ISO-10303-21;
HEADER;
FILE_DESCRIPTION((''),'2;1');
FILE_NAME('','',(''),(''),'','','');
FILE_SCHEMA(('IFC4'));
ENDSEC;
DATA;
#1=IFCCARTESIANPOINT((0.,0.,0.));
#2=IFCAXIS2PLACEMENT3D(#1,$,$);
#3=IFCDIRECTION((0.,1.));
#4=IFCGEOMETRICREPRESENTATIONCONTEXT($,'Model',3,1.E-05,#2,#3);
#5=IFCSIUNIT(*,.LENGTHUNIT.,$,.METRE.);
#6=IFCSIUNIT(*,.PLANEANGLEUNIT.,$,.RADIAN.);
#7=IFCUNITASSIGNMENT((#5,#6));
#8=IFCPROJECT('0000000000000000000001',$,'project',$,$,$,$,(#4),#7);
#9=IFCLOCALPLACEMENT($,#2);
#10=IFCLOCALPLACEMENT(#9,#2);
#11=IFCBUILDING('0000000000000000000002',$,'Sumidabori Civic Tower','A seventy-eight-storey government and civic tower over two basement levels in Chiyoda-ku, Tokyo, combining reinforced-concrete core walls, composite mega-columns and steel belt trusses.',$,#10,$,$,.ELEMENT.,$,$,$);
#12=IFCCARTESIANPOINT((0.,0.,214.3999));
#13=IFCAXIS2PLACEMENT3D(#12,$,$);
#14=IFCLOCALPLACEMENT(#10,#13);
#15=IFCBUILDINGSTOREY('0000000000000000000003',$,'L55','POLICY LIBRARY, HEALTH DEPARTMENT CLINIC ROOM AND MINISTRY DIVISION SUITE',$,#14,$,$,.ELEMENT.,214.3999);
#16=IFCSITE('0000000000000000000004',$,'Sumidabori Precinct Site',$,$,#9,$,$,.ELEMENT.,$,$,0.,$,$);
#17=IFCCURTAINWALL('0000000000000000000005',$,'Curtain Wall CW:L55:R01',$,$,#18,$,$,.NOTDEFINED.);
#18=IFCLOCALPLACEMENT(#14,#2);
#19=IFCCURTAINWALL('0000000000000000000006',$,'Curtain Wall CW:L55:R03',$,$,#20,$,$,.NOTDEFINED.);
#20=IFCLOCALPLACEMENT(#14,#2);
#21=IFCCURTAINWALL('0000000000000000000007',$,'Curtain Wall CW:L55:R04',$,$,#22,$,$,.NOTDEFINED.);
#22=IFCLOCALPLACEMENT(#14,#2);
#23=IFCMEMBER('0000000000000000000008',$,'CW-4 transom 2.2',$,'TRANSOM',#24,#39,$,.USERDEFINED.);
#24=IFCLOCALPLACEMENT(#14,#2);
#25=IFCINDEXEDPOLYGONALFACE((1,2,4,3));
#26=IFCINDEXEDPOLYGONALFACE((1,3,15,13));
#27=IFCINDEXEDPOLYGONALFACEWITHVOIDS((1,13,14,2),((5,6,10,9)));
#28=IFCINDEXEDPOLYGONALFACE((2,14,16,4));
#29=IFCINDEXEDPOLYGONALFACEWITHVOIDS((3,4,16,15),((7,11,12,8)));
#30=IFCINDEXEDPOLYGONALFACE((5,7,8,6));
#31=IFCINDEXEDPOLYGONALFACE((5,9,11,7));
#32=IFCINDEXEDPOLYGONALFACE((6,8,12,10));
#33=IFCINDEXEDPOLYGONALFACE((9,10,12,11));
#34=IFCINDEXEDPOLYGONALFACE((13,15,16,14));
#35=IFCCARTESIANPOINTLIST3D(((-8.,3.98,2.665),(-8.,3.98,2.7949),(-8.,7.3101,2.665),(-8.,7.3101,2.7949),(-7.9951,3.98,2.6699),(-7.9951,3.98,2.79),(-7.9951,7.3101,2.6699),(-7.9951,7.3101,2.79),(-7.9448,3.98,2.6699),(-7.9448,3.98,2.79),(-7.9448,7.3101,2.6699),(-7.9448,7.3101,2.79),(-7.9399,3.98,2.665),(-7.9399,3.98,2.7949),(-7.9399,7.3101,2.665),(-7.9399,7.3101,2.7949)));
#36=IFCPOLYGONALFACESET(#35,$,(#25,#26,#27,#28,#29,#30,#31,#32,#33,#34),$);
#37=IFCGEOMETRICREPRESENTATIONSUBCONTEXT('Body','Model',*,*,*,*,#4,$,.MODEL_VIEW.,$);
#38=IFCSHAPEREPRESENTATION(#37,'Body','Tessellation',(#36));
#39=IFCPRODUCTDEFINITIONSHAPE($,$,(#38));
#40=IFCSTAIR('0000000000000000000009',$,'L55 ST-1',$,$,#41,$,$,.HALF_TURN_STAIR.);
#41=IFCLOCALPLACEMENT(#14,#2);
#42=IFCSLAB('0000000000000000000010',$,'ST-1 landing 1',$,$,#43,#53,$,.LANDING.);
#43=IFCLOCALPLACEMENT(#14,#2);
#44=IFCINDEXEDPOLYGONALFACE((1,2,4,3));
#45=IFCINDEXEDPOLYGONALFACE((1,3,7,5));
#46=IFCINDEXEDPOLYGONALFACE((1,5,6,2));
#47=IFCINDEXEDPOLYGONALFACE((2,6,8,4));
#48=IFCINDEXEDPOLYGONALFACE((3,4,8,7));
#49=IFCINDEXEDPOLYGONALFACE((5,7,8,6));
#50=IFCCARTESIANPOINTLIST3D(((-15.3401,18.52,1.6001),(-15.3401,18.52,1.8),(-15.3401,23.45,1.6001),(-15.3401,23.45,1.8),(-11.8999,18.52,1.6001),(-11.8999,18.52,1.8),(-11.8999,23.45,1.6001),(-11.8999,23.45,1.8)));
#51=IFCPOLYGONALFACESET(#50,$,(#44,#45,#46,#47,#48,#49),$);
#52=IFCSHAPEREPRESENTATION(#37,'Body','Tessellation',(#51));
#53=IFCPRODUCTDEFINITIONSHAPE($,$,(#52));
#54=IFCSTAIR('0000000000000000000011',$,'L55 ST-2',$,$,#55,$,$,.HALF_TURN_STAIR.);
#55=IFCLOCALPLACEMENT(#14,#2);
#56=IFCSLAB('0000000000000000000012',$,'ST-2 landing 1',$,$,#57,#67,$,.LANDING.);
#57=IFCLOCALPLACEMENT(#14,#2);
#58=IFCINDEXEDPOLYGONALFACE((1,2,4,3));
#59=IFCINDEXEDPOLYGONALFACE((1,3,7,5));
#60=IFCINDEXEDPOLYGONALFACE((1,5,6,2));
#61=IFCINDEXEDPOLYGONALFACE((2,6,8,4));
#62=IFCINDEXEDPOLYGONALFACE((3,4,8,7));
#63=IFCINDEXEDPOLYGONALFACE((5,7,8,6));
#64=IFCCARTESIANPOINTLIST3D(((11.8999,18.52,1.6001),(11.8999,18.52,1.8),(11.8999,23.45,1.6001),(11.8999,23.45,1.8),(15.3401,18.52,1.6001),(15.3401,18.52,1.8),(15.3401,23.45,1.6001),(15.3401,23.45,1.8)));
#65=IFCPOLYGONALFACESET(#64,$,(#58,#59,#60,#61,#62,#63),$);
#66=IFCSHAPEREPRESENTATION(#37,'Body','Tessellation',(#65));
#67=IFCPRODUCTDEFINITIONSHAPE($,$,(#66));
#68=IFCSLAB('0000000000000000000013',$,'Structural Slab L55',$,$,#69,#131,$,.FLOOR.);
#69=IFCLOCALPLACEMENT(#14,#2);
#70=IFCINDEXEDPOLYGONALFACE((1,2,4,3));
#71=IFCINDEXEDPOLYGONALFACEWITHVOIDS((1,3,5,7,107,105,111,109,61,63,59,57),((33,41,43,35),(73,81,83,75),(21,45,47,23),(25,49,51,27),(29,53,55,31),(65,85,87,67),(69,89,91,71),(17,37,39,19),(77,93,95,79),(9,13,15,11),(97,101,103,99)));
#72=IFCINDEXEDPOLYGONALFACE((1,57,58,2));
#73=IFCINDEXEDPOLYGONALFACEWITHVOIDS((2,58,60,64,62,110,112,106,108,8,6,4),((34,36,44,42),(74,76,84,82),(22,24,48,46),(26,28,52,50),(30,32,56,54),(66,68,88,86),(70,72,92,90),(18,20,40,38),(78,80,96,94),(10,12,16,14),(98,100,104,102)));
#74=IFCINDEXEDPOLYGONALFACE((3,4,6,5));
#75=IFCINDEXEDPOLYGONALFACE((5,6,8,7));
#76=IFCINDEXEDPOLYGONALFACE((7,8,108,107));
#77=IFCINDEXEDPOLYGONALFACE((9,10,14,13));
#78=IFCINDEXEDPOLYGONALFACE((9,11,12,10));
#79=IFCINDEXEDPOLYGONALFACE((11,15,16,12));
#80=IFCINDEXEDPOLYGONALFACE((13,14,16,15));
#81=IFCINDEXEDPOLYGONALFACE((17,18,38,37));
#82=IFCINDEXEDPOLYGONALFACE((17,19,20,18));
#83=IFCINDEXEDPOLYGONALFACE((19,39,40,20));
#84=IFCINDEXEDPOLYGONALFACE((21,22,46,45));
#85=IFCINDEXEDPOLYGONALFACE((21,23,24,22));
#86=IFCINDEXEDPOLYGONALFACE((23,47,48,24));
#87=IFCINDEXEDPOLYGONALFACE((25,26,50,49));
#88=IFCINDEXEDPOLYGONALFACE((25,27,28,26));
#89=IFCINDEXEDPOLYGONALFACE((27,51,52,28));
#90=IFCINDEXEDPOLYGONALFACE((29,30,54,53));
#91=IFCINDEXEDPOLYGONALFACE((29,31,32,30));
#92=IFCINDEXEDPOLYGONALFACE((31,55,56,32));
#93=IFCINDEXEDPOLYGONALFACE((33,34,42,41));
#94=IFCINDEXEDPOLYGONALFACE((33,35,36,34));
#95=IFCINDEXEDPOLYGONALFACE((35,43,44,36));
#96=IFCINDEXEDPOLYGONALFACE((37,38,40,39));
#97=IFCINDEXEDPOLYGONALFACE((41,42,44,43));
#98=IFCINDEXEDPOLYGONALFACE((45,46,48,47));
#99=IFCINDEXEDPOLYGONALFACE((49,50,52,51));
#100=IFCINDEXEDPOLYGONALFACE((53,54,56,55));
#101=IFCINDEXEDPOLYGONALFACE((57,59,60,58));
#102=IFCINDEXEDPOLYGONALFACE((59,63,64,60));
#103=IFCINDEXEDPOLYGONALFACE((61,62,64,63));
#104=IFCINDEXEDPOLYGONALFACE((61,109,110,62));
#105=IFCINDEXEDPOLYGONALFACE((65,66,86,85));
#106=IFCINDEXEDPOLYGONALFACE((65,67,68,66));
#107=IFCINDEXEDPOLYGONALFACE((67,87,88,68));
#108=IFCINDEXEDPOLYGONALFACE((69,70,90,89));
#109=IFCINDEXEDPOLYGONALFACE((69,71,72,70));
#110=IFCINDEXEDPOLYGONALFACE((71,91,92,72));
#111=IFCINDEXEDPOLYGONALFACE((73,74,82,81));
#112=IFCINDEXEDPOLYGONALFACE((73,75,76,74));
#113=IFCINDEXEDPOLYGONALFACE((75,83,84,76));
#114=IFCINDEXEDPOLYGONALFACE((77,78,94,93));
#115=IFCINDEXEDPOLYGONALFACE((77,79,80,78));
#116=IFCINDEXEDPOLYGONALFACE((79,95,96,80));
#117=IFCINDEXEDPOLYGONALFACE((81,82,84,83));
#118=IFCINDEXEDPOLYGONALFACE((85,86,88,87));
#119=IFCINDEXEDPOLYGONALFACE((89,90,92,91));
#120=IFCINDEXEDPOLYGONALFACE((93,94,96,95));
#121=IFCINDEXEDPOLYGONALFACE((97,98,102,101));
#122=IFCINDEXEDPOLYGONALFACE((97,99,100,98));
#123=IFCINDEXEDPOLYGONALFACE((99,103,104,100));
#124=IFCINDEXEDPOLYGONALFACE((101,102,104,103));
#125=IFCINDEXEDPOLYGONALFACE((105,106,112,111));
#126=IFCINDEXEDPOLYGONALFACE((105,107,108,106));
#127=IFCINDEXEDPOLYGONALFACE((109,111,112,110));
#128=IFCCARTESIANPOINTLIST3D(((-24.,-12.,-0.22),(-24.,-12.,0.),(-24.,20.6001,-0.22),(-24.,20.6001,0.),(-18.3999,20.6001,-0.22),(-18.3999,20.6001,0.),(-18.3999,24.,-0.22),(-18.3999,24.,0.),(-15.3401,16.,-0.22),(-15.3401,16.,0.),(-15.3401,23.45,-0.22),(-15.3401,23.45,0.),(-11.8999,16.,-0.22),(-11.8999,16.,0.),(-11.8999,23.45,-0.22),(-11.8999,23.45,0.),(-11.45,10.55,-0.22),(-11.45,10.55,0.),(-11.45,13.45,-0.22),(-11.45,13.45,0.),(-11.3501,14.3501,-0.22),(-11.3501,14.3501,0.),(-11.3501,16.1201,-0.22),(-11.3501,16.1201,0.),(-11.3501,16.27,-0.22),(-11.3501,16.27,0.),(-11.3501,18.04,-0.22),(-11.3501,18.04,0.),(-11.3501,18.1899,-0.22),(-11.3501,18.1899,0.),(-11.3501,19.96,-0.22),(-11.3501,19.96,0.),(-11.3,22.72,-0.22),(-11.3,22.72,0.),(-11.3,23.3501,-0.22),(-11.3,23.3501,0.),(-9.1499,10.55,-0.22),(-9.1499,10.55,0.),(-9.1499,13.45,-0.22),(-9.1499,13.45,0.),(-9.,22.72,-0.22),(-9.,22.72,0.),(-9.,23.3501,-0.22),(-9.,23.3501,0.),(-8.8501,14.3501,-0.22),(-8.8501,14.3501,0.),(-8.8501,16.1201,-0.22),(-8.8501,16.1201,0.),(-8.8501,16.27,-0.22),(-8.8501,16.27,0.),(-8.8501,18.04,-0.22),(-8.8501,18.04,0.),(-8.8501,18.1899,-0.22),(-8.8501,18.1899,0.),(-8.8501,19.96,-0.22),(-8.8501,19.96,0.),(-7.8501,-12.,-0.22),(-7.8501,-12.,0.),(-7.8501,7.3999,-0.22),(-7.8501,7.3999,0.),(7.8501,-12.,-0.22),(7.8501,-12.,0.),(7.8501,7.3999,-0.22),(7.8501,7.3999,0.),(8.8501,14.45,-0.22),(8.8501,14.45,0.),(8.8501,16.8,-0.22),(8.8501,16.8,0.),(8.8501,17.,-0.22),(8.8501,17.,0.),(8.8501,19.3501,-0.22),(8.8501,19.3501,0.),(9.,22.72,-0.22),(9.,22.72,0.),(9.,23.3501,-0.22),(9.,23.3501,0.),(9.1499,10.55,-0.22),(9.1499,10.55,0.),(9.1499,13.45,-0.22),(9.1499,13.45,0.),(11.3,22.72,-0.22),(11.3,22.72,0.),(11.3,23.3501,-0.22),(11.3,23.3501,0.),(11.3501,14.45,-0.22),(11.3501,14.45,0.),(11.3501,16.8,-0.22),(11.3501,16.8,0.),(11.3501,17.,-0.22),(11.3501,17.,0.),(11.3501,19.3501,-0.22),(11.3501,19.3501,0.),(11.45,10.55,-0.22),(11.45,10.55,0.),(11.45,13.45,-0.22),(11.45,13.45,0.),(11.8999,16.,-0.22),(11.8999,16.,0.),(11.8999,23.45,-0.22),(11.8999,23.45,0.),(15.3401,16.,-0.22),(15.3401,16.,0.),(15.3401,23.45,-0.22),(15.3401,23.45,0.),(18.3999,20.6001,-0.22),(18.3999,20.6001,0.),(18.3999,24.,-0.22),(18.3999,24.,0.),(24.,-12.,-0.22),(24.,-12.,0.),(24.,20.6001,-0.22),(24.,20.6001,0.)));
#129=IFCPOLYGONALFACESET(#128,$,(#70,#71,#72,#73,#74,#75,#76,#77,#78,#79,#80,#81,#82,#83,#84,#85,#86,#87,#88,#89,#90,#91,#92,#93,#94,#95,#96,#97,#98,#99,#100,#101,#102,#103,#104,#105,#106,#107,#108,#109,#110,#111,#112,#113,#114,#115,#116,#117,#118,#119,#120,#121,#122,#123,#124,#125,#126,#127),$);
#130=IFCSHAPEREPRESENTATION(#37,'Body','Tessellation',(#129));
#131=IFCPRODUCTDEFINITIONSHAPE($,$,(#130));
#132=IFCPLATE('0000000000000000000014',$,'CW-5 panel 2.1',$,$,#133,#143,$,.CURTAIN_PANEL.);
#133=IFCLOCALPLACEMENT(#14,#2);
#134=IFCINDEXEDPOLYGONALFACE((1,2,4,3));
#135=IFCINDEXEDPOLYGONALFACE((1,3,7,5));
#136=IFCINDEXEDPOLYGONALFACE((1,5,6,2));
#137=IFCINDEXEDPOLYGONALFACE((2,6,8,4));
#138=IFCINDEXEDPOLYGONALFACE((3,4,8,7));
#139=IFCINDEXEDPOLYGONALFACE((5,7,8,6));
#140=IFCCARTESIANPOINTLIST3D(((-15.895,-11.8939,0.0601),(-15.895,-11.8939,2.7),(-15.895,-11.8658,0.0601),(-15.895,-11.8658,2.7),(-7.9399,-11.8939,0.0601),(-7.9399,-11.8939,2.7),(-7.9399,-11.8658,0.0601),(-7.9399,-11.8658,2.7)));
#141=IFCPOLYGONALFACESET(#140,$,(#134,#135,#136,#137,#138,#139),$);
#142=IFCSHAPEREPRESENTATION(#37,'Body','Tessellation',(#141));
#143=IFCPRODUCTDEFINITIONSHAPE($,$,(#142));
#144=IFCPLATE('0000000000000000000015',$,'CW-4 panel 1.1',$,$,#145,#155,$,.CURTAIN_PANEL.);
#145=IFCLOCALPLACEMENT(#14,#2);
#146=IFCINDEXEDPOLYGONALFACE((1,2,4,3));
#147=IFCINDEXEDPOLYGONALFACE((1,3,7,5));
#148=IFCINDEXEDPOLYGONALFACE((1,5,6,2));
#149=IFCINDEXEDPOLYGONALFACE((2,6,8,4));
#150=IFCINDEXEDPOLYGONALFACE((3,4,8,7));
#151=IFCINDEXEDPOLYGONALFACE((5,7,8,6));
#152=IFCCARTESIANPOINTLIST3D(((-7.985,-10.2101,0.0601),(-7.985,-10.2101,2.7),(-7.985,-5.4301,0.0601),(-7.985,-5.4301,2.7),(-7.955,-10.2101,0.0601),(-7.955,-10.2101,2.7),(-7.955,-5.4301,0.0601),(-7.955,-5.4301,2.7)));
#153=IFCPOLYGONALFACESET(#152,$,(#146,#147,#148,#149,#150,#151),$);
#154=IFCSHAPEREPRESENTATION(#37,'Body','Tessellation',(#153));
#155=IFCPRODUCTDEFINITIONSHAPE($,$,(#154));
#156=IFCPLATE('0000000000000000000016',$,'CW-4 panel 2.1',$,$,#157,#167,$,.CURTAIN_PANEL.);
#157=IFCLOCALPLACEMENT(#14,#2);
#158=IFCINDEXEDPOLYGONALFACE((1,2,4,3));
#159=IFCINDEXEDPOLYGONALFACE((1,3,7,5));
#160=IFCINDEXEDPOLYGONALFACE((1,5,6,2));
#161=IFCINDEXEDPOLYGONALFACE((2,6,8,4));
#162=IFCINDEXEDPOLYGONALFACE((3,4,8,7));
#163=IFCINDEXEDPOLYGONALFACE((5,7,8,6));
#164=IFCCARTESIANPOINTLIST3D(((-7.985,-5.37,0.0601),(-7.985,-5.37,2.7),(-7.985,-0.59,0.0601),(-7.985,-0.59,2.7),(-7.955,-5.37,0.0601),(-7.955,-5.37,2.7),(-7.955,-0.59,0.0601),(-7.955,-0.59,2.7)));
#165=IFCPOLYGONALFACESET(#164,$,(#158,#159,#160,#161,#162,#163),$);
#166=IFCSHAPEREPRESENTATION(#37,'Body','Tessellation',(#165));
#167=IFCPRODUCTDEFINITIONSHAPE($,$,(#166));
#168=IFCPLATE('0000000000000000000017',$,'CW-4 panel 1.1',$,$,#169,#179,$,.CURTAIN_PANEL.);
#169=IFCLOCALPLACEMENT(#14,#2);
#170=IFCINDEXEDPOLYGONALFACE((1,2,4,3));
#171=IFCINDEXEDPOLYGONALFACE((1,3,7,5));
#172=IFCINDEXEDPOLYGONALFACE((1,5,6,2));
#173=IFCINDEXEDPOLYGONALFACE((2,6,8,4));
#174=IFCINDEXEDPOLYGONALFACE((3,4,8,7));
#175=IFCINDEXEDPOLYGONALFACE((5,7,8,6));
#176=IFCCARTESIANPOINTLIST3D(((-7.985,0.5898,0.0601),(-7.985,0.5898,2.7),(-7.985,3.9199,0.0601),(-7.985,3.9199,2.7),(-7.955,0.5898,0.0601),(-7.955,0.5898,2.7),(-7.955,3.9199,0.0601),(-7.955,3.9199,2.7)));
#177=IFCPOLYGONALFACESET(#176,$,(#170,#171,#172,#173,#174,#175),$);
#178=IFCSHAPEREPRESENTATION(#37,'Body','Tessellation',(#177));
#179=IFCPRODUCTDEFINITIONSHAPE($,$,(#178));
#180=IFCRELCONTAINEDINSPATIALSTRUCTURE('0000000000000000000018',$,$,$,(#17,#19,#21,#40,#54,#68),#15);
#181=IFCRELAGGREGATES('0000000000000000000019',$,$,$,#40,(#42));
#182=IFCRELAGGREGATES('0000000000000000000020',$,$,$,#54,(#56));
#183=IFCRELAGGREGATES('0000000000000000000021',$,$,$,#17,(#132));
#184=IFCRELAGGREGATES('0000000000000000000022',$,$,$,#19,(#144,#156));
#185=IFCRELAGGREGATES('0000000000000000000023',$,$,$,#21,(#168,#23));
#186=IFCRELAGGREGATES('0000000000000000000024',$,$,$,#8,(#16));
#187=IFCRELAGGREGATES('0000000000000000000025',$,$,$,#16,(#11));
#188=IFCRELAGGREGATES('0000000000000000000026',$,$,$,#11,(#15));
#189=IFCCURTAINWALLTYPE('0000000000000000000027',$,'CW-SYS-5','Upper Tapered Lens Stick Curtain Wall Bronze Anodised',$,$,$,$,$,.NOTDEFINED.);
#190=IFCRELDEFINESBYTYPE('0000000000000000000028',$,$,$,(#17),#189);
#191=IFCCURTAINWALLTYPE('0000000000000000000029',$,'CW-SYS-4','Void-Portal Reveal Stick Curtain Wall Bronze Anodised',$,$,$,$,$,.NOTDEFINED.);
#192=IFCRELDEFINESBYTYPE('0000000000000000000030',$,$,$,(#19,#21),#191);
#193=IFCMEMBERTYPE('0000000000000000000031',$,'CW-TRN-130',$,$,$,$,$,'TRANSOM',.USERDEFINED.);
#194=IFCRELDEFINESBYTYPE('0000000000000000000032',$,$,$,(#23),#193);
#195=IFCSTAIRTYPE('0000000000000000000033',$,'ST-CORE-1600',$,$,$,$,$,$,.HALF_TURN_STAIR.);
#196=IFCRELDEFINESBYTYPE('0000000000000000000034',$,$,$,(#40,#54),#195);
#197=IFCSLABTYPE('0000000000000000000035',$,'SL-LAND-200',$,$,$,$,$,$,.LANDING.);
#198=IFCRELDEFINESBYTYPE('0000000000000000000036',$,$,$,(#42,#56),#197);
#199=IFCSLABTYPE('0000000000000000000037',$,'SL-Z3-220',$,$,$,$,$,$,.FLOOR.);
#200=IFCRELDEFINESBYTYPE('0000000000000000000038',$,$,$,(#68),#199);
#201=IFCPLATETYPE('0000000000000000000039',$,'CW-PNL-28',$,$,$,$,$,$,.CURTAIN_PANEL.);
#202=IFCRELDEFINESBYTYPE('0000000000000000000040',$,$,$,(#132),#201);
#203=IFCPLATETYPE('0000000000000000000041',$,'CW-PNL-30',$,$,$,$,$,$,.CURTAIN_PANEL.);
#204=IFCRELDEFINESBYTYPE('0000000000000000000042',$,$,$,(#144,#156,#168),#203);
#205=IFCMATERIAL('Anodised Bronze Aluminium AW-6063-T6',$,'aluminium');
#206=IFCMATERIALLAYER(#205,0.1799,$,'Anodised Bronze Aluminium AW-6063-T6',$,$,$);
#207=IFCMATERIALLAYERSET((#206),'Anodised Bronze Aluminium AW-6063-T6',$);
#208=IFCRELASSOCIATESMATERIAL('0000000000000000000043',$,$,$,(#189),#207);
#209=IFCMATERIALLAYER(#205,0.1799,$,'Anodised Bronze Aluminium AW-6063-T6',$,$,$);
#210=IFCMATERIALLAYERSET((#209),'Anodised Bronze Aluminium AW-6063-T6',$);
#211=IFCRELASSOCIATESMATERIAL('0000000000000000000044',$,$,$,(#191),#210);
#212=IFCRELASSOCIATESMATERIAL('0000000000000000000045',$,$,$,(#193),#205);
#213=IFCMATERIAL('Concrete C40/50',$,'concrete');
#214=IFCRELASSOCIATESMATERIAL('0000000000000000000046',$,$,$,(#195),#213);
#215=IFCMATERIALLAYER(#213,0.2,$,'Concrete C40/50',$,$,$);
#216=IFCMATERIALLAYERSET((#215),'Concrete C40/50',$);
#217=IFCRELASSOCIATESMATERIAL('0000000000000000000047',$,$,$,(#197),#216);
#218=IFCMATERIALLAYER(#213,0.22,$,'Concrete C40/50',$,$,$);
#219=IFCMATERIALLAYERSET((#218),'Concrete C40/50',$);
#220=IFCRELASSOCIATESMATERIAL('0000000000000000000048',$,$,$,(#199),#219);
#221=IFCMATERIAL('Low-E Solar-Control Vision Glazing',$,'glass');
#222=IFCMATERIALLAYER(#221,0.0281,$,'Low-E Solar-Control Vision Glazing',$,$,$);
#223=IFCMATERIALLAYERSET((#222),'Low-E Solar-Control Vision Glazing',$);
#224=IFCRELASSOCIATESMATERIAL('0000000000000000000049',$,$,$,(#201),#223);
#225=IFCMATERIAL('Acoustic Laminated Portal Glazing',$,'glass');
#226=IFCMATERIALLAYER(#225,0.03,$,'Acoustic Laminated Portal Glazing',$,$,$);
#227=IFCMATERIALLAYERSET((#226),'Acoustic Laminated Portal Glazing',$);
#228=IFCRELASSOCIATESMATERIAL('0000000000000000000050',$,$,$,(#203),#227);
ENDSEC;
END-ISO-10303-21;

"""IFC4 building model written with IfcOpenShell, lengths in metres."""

from ifc_helpers import new_model, si_unit, direction, frame, origin, origin_2d, place, context, subcontext, project, spatial, polyline, rectangle, hollow_rectangle, outline, extrude, source, transform, mapped, material, layer, layer_set, material_profile, profile_set, type_object, element, aggregate, save


model = new_model("IFC4")

# Units and contexts
model_context = context("Model", 3, precision=1e-05, world=origin(), true_north=direction((0.0, 1.0)))
body_context = subcontext(model_context, "Body", "Model", "MODEL_VIEW")
ifc_project = project(units=[si_unit("LENGTHUNIT", "METRE"), si_unit("PLANEANGLEUNIT", "RADIAN")], contexts=[model_context])

# Site, building, storey
site_placement = place(None, origin())
site = spatial("IfcSite", under=ifc_project, at=site_placement, Name="Sumidabori Precinct Site", CompositionType="ELEMENT", RefElevation=0.0)
building_placement = place(site_placement, origin())
building = spatial("IfcBuilding", under=site, at=building_placement, Name="Sumidabori Civic Tower", Description="A seventy-eight-storey government and civic tower over two basement levels in Chiyoda-ku, Tokyo, combining reinforced-concrete core walls, composite mega-columns and steel belt trusses.", CompositionType="ELEMENT")
storey_placement = place(building_placement, frame((0.0, 0.0, 214.3999)))
storey = spatial("IfcBuildingStorey", under=building, at=storey_placement, Name="L55", Description="POLICY LIBRARY, HEALTH DEPARTMENT CLINIC ROOM AND MINISTRY DIVISION SUITE", CompositionType="ELEMENT", Elevation=214.3999)

# Curtain walls
ifc_material_1 = material(Name="Anodised Bronze Aluminium AW-6063-T6", Category="aluminium")
ifc_layer_1 = layer(ifc_material_1, 0.1799, Name="Anodised Bronze Aluminium AW-6063-T6")
ifc_layer_set_1 = layer_set([ifc_layer_1], Name="Anodised Bronze Aluminium AW-6063-T6")
curtain_wall_type_1 = type_object("IfcCurtainWallType", Name="CW-SYS-5", Description="Upper Tapered Lens Stick Curtain Wall Bronze Anodised", PredefinedType="NOTDEFINED", material=ifc_layer_set_1)
curtain_wall_1_placement = place(storey_placement, origin())
curtain_wall_1 = element("IfcCurtainWall", 1, at=curtain_wall_1_placement, inside=storey, type_object=curtain_wall_type_1, Name="Curtain Wall CW:L55:R01", PredefinedType="NOTDEFINED")
ifc_layer_2 = layer(ifc_material_1, 0.1799, Name="Anodised Bronze Aluminium AW-6063-T6")
ifc_layer_set_2 = layer_set([ifc_layer_2], Name="Anodised Bronze Aluminium AW-6063-T6")
curtain_wall_type_2 = type_object("IfcCurtainWallType", Name="CW-SYS-4", Description="Void-Portal Reveal Stick Curtain Wall Bronze Anodised", PredefinedType="NOTDEFINED", material=ifc_layer_set_2)
curtain_wall_2_placement = place(storey_placement, origin())
curtain_wall_2 = element("IfcCurtainWall", 2, at=curtain_wall_2_placement, inside=storey, type_object=curtain_wall_type_2, Name="Curtain Wall CW:L55:R03", PredefinedType="NOTDEFINED")
curtain_wall_3_placement = place(storey_placement, origin())
curtain_wall_3 = element("IfcCurtainWall", 3, at=curtain_wall_3_placement, inside=storey, type_object=curtain_wall_type_2, Name="Curtain Wall CW:L55:R04", PredefinedType="NOTDEFINED")

# Member
ifc_material_profile_1 = material_profile(ifc_material_1, hollow_rectangle(XDim=0.0601, YDim=0.1299, WallThickness=0.0049, at=origin_2d()), Name="ALU TRANSOM 130x60")
ifc_profile_set_1 = profile_set([ifc_material_profile_1], Name="Anodised Bronze Aluminium AW-6063-T6")
member_type_1 = type_object("IfcMemberType", Name="CW-TRN-130", ElementType="TRANSOM", PredefinedType="USERDEFINED", material=ifc_profile_set_1)
shared_shape_1 = source(origin(), body_context, "Body", "SweptSolid", [
    extrude(hollow_rectangle(XDim=0.0601, YDim=0.1299, WallThickness=0.0049, at=origin_2d()), origin(), (0.0, 0.0, 1.0), 3.3301),
])
member_1_placement = place(storey_placement, frame((-7.97, 3.98, 2.73), z_axis=(0.0, 1.0, 0.0), x_axis=(-1.0, 0.0, 0.0)))
member_1 = element("IfcMember", 4, at=member_1_placement, type_object=member_type_1, Name="CW-4 transom 2.2", ObjectType="TRANSOM", PredefinedType="USERDEFINED", context=body_context, shape_type="MappedRepresentation", body=[
    mapped(shared_shape_1, transform((0.0, 0.0, 0.0), x_axis=(1.0, 0.0, 0.0), y_axis=(0.0, 1.0, 0.0), z_axis=(0.0, 0.0, 1.0), scale=1.0)),
])

# Stairs, slabs
ifc_material_2 = material(Name="Concrete C40/50", Category="concrete")
stair_type = type_object("IfcStairType", Name="ST-CORE-1600", PredefinedType="HALF_TURN_STAIR", material=ifc_material_2)
stair_1_placement = place(storey_placement, origin())
stair_1 = element("IfcStair", 5, at=stair_1_placement, inside=storey, type_object=stair_type, Name="L55 ST-1", PredefinedType="HALF_TURN_STAIR")
ifc_layer_3 = layer(ifc_material_2, 0.2, Name="Concrete C40/50")
ifc_layer_set_3 = layer_set([ifc_layer_3], Name="Concrete C40/50")
slab_type_1 = type_object("IfcSlabType", Name="SL-LAND-200", PredefinedType="LANDING", material=ifc_layer_set_3)
slab_1_placement = place(storey_placement, frame((0.0, 0.0, 1.6001)))
slab_1 = element("IfcSlab", 6, at=slab_1_placement, type_object=slab_type_1, Name="ST-1 landing 1", PredefinedType="LANDING", context=body_context, shape_type="SweptSolid", body=[
    extrude(outline(polyline([(-11.8999, 18.52), (-11.8999, 23.45), (-15.3401, 23.45), (-15.3401, 18.52), (-11.8999, 18.52)])), origin(), (0.0, 0.0, 1.0), 0.2),
])
aggregate(stair_1, [slab_1])
stair_2_placement = place(storey_placement, origin())
stair_2 = element("IfcStair", 7, at=stair_2_placement, inside=storey, type_object=stair_type, Name="L55 ST-2", PredefinedType="HALF_TURN_STAIR")
slab_2_placement = place(storey_placement, frame((0.0, 0.0, 1.6001)))
slab_2 = element("IfcSlab", 8, at=slab_2_placement, type_object=slab_type_1, Name="ST-2 landing 1", PredefinedType="LANDING", context=body_context, shape_type="SweptSolid", body=[
    extrude(outline(polyline([(15.3401, 18.52), (15.3401, 23.45), (11.8999, 23.45), (11.8999, 18.52), (15.3401, 18.52)])), origin(), (0.0, 0.0, 1.0), 0.2),
])
aggregate(stair_2, [slab_2])

# Slab
ifc_layer_4 = layer(ifc_material_2, 0.22, Name="Concrete C40/50")
ifc_layer_set_4 = layer_set([ifc_layer_4], Name="Concrete C40/50")
slab_type_2 = type_object("IfcSlabType", Name="SL-Z3-220", PredefinedType="FLOOR", material=ifc_layer_set_4)
slab_3_placement = place(storey_placement, frame((0.0, 0.0, -0.22)))
element("IfcSlab", 9, at=slab_3_placement, inside=storey, type_object=slab_type_2, Name="Structural Slab L55", PredefinedType="FLOOR", context=body_context, shape_type="SweptSolid", body=[
    extrude(outline(polyline([(-24.0, -12.0), (-7.8501, -12.0), (-7.8501, 7.3999), (7.8501, 7.3999), (7.8501, -12.0), (24.0, -12.0), (24.0, 20.6001), (18.3999, 20.6001), (18.3999, 24.0), (-18.3999, 24.0), (-18.3999, 20.6001), (-24.0, 20.6001), (-24.0, -12.0)]), holes=[polyline([(-11.8999, 16.0), (-11.8999, 23.45), (-15.3401, 23.45), (-15.3401, 16.0), (-11.8999, 16.0)]), polyline([(15.3401, 16.0), (15.3401, 23.45), (11.8999, 23.45), (11.8999, 16.0), (15.3401, 16.0)]), polyline([(-11.45, 10.55), (-9.1499, 10.55), (-9.1499, 13.45), (-11.45, 13.45), (-11.45, 10.55)]), polyline([(9.1499, 10.55), (11.45, 10.55), (11.45, 13.45), (9.1499, 13.45), (9.1499, 10.55)]), polyline([(-11.3501, 14.3501), (-8.8501, 14.3501), (-8.8501, 16.1201), (-11.3501, 16.1201), (-11.3501, 14.3501)]), polyline([(-11.3501, 16.27), (-8.8501, 16.27), (-8.8501, 18.04), (-11.3501, 18.04), (-11.3501, 16.27)]), polyline([(-11.3501, 18.1899), (-8.8501, 18.1899), (-8.8501, 19.96), (-11.3501, 19.96), (-11.3501, 18.1899)]), polyline([(8.8501, 14.45), (11.3501, 14.45), (11.3501, 16.8), (8.8501, 16.8), (8.8501, 14.45)]), polyline([(8.8501, 17.0), (11.3501, 17.0), (11.3501, 19.3501), (8.8501, 19.3501), (8.8501, 17.0)]), polyline([(-11.3, 22.72), (-9.0, 22.72), (-9.0, 23.3501), (-11.3, 23.3501), (-11.3, 22.72)]), polyline([(9.0, 22.72), (11.3, 22.72), (11.3, 23.3501), (9.0, 23.3501), (9.0, 22.72)])]), origin(), (0.0, 0.0, 1.0), 0.22),
])

# Plates
ifc_material_3 = material(Name="Low-E Solar-Control Vision Glazing", Category="glass")
ifc_layer_5 = layer(ifc_material_3, 0.0281, Name="Low-E Solar-Control Vision Glazing")
ifc_layer_set_5 = layer_set([ifc_layer_5], Name="Low-E Solar-Control Vision Glazing")
plate_type_1 = type_object("IfcPlateType", Name="CW-PNL-28", PredefinedType="CURTAIN_PANEL", material=ifc_layer_set_5)
shared_shape_2 = source(origin(), body_context, "Body", "SweptSolid", [
    extrude(rectangle(XDim=7.9551, YDim=0.0281, at=origin_2d()), origin(), (0.0, 0.0, 1.0), 2.6399),
])
plate_1_placement = place(storey_placement, frame((-11.9175, -11.8799, 0.0601), z_axis=(0.0, 0.0, 1.0), x_axis=(1.0, 0.0, 0.0)))
plate_1 = element("IfcPlate", 10, at=plate_1_placement, type_object=plate_type_1, Name="CW-5 panel 2.1", PredefinedType="CURTAIN_PANEL", context=body_context, shape_type="MappedRepresentation", body=[
    mapped(shared_shape_2, transform((0.0, 0.0, 0.0), x_axis=(1.0, 0.0, 0.0), y_axis=(0.0, 1.0, 0.0), z_axis=(0.0, 0.0, 1.0), scale=1.0)),
])
aggregate(curtain_wall_1, [plate_1])
ifc_material_4 = material(Name="Acoustic Laminated Portal Glazing", Category="glass")
ifc_layer_6 = layer(ifc_material_4, 0.03, Name="Acoustic Laminated Portal Glazing")
ifc_layer_set_6 = layer_set([ifc_layer_6], Name="Acoustic Laminated Portal Glazing")
plate_type_2 = type_object("IfcPlateType", Name="CW-PNL-30", PredefinedType="CURTAIN_PANEL", material=ifc_layer_set_6)
shared_shape_3 = source(origin(), body_context, "Body", "SweptSolid", [
    extrude(rectangle(XDim=4.78, YDim=0.03, at=origin_2d()), origin(), (0.0, 0.0, 1.0), 2.6399),
])
plate_2_placement = place(storey_placement, frame((-7.97, -7.8201, 0.0601), z_axis=(0.0, 0.0, 1.0), x_axis=(0.0, 1.0, 0.0)))
plate_2 = element("IfcPlate", 11, at=plate_2_placement, type_object=plate_type_2, Name="CW-4 panel 1.1", PredefinedType="CURTAIN_PANEL", context=body_context, shape_type="MappedRepresentation", body=[
    mapped(shared_shape_3, transform((0.0, 0.0, 0.0), x_axis=(1.0, 0.0, 0.0), y_axis=(0.0, 1.0, 0.0), z_axis=(0.0, 0.0, 1.0), scale=1.0)),
])
plate_3_placement = place(storey_placement, frame((-7.97, -2.98, 0.0601), z_axis=(0.0, 0.0, 1.0), x_axis=(0.0, 1.0, 0.0)))
plate_3 = element("IfcPlate", 12, at=plate_3_placement, type_object=plate_type_2, Name="CW-4 panel 2.1", PredefinedType="CURTAIN_PANEL", context=body_context, shape_type="MappedRepresentation", body=[
    mapped(shared_shape_3, transform((0.0, 0.0, 0.0), x_axis=(1.0, 0.0, 0.0), y_axis=(0.0, 1.0, 0.0), z_axis=(0.0, 0.0, 1.0), scale=1.0)),
])
aggregate(curtain_wall_2, [plate_2, plate_3])
shared_shape_4 = source(origin(), body_context, "Body", "SweptSolid", [
    extrude(rectangle(XDim=3.3301, YDim=0.03, at=origin_2d()), origin(), (0.0, 0.0, 1.0), 2.6399),
])
plate_4_placement = place(storey_placement, frame((-7.97, 2.2549, 0.0601), z_axis=(0.0, 0.0, 1.0), x_axis=(0.0, 1.0, 0.0)))
plate_4 = element("IfcPlate", 13, at=plate_4_placement, type_object=plate_type_2, Name="CW-4 panel 1.1", PredefinedType="CURTAIN_PANEL", context=body_context, shape_type="MappedRepresentation", body=[
    mapped(shared_shape_4, transform((0.0, 0.0, 0.0), x_axis=(1.0, 0.0, 0.0), y_axis=(0.0, 1.0, 0.0), z_axis=(0.0, 0.0, 1.0), scale=1.0)),
])
aggregate(curtain_wall_3, [plate_4, member_1])

save(model, "model.ifc")
